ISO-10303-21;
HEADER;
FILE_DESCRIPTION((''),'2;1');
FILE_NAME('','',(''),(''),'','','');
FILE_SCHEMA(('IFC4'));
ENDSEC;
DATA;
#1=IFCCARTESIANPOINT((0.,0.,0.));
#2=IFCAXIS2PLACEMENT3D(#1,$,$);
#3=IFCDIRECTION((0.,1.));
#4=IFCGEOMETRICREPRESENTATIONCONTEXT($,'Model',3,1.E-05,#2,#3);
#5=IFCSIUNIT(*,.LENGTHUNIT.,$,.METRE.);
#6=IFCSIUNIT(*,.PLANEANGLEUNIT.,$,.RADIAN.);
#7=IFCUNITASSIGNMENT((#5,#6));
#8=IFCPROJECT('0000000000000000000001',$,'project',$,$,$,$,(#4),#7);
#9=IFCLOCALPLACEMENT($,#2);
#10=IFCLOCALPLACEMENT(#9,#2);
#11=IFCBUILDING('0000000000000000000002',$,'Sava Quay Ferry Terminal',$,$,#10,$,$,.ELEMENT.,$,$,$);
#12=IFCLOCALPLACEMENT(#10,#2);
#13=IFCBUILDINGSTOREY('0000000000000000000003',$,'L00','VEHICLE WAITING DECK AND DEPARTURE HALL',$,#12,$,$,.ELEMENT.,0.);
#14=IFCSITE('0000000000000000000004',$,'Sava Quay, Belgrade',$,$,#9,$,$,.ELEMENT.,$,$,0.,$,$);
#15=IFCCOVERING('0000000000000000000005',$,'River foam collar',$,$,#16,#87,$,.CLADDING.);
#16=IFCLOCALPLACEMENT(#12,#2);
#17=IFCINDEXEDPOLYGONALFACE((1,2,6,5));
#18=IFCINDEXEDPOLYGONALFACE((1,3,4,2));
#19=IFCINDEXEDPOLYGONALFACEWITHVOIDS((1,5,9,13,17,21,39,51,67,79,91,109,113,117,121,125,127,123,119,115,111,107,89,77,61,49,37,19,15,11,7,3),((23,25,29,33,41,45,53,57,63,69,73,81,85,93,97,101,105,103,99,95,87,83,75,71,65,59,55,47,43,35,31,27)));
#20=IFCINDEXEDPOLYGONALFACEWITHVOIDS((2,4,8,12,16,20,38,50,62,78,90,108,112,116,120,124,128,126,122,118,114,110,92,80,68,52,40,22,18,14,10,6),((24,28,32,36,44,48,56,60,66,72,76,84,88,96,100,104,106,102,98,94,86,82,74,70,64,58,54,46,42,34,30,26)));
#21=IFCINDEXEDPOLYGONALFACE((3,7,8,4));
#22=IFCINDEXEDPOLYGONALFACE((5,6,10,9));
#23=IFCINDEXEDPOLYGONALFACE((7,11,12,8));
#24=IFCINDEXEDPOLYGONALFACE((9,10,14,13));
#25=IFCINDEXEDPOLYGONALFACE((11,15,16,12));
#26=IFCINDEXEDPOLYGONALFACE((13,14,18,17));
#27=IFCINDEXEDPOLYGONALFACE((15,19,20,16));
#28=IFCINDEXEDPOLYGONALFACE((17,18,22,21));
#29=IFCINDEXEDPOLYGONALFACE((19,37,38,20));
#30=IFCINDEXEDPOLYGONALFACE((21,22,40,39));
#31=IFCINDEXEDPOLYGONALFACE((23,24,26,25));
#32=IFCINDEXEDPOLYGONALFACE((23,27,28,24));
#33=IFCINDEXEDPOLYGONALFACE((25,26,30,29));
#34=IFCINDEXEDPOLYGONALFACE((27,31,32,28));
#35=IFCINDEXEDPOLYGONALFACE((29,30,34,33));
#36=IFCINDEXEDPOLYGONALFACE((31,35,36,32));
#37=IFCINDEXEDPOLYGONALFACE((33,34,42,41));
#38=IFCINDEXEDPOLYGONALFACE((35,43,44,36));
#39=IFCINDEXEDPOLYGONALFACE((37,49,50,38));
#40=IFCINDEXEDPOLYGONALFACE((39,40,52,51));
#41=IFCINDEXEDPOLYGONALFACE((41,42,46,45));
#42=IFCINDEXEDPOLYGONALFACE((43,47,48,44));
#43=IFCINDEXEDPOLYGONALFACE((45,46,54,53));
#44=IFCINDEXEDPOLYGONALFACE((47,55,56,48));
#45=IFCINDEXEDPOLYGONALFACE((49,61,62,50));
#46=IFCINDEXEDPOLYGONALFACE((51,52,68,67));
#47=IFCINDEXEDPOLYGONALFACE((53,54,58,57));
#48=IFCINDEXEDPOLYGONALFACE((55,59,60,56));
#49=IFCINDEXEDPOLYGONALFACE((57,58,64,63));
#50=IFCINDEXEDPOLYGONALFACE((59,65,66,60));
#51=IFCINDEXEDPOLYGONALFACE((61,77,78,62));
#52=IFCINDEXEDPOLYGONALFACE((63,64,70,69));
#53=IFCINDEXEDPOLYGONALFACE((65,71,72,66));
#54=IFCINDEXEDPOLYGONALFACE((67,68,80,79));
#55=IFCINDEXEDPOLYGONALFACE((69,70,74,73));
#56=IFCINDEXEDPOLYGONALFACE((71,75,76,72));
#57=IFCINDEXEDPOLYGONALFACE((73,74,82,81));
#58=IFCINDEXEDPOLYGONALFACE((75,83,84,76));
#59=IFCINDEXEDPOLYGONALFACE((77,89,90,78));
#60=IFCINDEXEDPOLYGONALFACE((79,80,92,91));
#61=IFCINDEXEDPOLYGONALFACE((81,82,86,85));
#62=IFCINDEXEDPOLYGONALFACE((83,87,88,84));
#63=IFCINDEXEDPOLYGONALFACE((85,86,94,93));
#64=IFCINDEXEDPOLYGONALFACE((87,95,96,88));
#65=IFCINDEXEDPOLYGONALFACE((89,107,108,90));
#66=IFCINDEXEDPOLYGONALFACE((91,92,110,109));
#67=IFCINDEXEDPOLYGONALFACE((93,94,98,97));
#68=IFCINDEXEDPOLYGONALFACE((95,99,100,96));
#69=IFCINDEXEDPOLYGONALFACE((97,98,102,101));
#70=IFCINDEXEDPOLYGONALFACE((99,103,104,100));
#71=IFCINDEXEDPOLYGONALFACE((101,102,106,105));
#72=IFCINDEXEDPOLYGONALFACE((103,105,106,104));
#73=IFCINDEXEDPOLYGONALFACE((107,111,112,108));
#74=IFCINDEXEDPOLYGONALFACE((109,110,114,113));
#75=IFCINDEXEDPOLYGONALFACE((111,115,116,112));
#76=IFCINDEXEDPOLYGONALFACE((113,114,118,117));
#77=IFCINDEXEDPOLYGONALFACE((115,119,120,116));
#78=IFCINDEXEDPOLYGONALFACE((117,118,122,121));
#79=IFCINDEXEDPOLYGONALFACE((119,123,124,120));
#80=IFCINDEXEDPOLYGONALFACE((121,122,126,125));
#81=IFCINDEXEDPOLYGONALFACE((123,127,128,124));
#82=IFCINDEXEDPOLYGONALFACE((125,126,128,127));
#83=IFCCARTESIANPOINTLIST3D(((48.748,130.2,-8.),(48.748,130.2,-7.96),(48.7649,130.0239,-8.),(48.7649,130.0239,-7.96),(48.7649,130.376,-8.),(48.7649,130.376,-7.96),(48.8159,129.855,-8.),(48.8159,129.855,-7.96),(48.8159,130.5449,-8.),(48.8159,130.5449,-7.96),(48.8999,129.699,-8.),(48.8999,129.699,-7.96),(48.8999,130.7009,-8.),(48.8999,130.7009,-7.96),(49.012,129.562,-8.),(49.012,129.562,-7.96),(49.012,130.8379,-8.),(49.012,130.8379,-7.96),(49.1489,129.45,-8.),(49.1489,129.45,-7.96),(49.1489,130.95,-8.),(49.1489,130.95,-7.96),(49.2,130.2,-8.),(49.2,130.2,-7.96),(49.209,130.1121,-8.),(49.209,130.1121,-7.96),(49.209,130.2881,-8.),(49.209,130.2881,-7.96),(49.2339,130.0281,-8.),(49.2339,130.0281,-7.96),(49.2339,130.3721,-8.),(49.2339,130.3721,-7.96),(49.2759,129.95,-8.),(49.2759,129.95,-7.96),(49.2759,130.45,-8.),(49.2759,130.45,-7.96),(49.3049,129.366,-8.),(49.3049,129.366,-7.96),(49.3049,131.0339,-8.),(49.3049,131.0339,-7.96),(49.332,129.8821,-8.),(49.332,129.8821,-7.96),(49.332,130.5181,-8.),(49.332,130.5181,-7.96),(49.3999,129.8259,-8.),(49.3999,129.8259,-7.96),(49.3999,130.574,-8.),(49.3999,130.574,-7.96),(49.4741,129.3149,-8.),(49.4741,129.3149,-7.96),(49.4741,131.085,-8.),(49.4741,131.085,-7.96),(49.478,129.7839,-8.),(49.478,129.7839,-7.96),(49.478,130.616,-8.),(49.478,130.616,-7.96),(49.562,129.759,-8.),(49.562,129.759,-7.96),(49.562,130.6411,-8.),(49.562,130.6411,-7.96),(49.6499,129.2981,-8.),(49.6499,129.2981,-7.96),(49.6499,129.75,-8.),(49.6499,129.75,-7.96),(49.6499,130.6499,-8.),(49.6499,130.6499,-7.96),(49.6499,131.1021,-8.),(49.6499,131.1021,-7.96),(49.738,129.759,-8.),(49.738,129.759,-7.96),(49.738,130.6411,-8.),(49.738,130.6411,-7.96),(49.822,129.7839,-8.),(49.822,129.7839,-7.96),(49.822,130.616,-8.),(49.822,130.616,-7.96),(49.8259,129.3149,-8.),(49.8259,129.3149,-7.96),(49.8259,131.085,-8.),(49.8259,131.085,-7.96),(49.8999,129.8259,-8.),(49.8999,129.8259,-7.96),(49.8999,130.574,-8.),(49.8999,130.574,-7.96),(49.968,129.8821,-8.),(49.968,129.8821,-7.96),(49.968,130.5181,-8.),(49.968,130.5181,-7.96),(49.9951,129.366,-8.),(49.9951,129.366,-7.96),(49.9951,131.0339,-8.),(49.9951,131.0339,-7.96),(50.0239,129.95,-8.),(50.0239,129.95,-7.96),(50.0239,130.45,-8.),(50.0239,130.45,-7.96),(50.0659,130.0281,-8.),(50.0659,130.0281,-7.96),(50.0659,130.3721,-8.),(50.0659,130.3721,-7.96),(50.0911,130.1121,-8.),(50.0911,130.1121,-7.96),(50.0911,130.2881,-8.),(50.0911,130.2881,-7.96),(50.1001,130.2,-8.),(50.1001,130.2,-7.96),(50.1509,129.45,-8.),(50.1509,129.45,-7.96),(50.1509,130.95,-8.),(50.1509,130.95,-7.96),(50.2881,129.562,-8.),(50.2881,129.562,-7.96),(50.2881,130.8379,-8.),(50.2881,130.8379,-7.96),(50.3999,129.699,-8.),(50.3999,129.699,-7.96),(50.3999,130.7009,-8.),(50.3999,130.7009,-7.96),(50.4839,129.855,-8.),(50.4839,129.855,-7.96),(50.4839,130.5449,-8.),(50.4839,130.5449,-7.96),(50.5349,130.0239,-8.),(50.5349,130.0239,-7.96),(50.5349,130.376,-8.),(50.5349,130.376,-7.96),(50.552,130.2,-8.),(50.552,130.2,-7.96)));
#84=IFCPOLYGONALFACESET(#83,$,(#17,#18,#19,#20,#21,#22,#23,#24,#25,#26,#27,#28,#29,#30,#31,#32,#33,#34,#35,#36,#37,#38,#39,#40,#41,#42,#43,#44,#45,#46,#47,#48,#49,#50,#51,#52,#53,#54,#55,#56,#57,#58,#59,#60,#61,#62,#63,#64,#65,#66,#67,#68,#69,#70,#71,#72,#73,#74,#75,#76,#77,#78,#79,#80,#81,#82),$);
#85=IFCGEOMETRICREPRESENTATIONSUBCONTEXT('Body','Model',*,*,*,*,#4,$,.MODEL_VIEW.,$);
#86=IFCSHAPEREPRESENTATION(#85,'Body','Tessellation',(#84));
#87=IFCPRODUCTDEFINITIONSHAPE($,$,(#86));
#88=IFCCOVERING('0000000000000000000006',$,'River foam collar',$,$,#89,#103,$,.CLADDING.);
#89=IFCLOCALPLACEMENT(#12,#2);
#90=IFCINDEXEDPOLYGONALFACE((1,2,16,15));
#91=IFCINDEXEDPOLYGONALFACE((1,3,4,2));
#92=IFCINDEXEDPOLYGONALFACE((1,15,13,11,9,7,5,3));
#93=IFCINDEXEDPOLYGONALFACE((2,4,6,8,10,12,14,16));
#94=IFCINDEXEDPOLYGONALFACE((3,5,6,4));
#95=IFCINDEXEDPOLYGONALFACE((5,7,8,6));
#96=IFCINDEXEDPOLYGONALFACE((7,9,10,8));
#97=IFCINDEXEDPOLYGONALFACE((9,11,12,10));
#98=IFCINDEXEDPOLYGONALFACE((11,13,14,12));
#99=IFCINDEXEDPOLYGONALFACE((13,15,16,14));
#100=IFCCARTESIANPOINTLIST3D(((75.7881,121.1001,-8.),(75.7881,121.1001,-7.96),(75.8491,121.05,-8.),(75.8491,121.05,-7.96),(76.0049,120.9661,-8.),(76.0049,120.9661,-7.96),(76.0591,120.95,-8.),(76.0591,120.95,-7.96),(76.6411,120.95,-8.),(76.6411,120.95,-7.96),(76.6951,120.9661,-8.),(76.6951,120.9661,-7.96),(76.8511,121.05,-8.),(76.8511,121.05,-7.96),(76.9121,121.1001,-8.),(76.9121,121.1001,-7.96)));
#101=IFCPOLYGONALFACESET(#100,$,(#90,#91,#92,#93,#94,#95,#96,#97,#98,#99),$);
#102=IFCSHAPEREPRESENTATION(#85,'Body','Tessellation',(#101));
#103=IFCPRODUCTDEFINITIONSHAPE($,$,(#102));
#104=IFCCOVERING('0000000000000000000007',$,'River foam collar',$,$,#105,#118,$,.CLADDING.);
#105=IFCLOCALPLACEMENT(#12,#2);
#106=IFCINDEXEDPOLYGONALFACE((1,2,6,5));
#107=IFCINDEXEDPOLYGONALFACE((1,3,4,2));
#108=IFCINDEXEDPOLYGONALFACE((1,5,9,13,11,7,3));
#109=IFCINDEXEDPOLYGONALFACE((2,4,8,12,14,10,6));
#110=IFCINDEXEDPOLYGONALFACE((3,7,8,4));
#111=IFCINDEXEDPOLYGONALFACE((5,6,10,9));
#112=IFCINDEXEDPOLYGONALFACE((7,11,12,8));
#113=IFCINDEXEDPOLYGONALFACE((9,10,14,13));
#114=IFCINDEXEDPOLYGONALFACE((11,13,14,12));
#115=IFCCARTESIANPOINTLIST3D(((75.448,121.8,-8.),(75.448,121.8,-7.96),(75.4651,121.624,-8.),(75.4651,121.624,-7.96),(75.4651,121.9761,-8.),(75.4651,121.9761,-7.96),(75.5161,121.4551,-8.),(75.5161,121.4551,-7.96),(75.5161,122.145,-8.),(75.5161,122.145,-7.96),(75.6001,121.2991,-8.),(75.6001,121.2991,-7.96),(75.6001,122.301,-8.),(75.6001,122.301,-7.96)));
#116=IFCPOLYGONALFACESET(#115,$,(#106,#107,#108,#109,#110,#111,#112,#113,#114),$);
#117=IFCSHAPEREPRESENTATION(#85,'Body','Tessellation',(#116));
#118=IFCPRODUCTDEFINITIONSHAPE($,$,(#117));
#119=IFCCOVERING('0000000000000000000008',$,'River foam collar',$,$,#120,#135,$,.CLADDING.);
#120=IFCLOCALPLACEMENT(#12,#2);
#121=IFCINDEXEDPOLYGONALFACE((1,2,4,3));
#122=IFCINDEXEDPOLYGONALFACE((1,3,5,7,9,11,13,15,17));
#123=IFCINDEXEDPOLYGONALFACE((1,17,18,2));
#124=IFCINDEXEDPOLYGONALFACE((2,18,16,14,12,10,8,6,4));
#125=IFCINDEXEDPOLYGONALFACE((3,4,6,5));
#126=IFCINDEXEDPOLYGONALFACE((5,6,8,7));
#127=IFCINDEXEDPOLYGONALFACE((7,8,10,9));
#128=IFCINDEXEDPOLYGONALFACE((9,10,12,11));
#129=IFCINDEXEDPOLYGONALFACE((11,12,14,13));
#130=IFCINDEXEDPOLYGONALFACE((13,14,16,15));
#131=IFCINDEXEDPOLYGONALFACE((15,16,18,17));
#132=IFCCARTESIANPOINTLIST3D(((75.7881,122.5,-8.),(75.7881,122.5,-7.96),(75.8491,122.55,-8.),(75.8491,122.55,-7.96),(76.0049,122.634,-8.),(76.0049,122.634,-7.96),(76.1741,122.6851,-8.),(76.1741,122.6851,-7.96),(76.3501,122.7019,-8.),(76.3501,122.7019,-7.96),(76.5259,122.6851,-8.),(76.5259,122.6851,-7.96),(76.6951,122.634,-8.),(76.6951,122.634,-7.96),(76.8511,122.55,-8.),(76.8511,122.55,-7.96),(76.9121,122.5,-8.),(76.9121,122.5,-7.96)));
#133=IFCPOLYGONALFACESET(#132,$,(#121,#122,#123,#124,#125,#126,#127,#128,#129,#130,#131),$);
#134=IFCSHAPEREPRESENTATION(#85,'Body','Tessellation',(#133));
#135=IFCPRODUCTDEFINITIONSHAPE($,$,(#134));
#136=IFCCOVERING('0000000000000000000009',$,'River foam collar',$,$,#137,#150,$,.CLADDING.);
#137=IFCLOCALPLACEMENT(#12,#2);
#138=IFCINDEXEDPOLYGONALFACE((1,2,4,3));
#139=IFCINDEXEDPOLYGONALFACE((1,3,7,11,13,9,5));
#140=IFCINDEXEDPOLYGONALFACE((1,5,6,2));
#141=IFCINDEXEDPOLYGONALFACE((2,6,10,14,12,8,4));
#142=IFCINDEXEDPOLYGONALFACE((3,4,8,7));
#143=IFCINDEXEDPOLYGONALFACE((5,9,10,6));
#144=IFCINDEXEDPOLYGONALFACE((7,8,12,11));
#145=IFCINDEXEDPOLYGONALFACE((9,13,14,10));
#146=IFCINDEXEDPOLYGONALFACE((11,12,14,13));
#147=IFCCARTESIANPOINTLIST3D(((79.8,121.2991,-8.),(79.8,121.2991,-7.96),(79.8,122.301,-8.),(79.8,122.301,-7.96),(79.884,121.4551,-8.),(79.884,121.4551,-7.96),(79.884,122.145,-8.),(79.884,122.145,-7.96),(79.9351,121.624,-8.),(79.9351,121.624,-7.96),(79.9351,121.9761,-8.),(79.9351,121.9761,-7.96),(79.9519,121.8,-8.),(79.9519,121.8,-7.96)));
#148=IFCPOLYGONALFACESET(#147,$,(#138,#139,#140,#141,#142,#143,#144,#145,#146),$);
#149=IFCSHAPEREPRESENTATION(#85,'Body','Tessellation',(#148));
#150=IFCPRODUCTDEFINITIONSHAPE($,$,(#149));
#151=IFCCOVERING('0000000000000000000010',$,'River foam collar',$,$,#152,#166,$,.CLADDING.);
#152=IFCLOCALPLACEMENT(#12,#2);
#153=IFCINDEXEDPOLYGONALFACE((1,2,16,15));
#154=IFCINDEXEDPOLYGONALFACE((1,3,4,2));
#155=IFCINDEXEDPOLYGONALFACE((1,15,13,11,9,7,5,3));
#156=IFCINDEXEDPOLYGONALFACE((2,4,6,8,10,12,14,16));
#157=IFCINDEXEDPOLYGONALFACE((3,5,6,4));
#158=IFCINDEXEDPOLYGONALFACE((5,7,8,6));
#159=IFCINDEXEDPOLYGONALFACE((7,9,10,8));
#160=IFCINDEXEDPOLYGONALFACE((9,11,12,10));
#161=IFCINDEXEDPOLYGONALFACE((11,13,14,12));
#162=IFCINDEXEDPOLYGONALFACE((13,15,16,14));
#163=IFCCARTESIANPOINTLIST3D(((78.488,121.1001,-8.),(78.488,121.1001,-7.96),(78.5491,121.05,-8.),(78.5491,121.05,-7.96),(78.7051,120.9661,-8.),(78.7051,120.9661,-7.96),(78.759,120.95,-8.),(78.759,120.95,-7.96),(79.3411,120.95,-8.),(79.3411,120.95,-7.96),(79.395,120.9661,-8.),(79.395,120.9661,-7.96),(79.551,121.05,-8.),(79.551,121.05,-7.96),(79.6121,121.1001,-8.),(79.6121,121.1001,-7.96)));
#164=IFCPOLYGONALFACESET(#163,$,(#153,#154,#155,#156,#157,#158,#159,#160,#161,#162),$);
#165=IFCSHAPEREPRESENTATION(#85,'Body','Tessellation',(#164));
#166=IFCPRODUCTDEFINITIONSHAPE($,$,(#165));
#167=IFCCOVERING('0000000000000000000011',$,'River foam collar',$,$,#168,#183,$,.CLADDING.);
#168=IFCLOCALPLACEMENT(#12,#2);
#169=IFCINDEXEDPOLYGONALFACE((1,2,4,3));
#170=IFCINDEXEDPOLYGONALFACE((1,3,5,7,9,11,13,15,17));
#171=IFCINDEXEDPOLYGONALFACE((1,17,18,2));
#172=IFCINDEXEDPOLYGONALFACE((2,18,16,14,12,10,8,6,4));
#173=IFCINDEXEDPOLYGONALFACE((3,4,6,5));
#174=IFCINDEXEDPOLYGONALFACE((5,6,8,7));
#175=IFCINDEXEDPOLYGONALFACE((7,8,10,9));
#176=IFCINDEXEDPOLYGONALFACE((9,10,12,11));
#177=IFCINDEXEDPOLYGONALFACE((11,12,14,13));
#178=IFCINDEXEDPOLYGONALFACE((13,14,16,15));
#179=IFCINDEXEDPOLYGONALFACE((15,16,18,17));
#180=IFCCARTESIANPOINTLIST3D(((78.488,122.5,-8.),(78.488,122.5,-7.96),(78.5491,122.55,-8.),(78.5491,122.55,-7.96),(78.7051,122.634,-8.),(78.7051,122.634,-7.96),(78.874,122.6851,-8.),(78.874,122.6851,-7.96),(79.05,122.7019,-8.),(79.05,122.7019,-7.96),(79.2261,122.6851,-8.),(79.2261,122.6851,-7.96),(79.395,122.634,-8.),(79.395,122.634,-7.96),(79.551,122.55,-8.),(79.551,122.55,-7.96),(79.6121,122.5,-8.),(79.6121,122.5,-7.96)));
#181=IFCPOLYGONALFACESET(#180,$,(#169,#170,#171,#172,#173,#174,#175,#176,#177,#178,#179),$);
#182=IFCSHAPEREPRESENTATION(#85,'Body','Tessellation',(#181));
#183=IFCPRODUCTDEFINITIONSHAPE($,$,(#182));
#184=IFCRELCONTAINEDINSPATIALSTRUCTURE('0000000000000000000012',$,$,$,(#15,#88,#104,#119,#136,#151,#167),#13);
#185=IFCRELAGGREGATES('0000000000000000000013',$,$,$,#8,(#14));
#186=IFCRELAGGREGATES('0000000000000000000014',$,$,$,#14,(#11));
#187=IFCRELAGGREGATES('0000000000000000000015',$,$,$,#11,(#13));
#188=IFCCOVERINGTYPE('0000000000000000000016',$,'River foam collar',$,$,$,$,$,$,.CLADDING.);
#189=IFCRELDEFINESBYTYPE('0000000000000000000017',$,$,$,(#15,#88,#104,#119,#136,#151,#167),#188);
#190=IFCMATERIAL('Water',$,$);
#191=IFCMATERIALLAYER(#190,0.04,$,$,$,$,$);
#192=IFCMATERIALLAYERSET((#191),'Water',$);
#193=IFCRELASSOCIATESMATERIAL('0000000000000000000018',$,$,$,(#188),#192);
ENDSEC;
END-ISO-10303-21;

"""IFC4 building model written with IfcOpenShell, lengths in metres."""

from ifc_helpers import new_model, si_unit, direction, frame, origin, place, context, subcontext, project, spatial, polyline, outline, extrude, material, layer, layer_set, type_object, element, save


model = new_model("IFC4")

# Units and contexts
model_context = context("Model", 3, precision=1e-05, world=origin(), true_north=direction((0.0, 1.0)))
body_context = subcontext(model_context, "Body", "Model", "MODEL_VIEW")
ifc_project = project(units=[si_unit("LENGTHUNIT", "METRE"), si_unit("PLANEANGLEUNIT", "RADIAN")], contexts=[model_context])

# Site, building, storey
site_placement = place(None, origin())
site = spatial("IfcSite", under=ifc_project, at=site_placement, Name="Sava Quay, Belgrade", CompositionType="ELEMENT", RefElevation=0.0)
building_placement = place(site_placement, origin())
building = spatial("IfcBuilding", under=site, at=building_placement, Name="Sava Quay Ferry Terminal", CompositionType="ELEMENT")
storey_placement = place(building_placement, origin())
storey = spatial("IfcBuildingStorey", under=building, at=storey_placement, Name="L00", Description="VEHICLE WAITING DECK AND DEPARTURE HALL", CompositionType="ELEMENT", Elevation=0.0)

# Coverings
ifc_material_1 = material(Name="Water")
ifc_layer_1 = layer(ifc_material_1, 0.04)
ifc_layer_set_1 = layer_set([ifc_layer_1], Name="Water")
covering_type_1 = type_object("IfcCoveringType", Name="River foam collar", PredefinedType="CLADDING", material=ifc_layer_set_1)
covering_1_placement = place(storey_placement, frame((0.0, 0.0, -8.0)))
element("IfcCovering", 1, at=covering_1_placement, inside=storey, type_object=covering_type_1, Name="River foam collar", PredefinedType="CLADDING", context=body_context, shape_type="SweptSolid", body=[
    extrude(outline(polyline([(48.8159, 129.855), (48.8999, 129.699), (49.012, 129.562), (49.1489, 129.45), (49.3049, 129.366), (49.4741, 129.3149), (49.6499, 129.2981), (49.8259, 129.3149), (49.9951, 129.366), (50.1509, 129.45), (50.2881, 129.562), (50.3999, 129.699), (50.4839, 129.855), (50.5349, 130.0239), (50.552, 130.2), (50.5349, 130.376), (50.4839, 130.5449), (50.3999, 130.7009), (50.2881, 130.8379), (50.1509, 130.95), (49.9951, 131.0339), (49.8259, 131.085), (49.6499, 131.1021), (49.4741, 131.085), (49.3049, 131.0339), (49.1489, 130.95), (49.012, 130.8379), (48.8999, 130.7009), (48.8159, 130.5449), (48.7649, 130.376), (48.748, 130.2), (48.7649, 130.0239), (48.8159, 129.855)]), holes=[polyline([(49.2339, 130.3721), (49.2759, 130.45), (49.332, 130.5181), (49.3999, 130.574), (49.478, 130.616), (49.562, 130.6411), (49.6499, 130.6499), (49.738, 130.6411), (49.822, 130.616), (49.8999, 130.574), (49.968, 130.5181), (50.0239, 130.45), (50.0659, 130.3721), (50.0911, 130.2881), (50.1001, 130.2), (50.0911, 130.1121), (50.0659, 130.0281), (50.0239, 129.95), (49.968, 129.8821), (49.8999, 129.8259), (49.822, 129.7839), (49.738, 129.759), (49.6499, 129.75), (49.562, 129.759), (49.478, 129.7839), (49.3999, 129.8259), (49.332, 129.8821), (49.2759, 129.95), (49.2339, 130.0281), (49.209, 130.1121), (49.2, 130.2), (49.209, 130.2881), (49.2339, 130.3721)])]), origin(), (0.0, 0.0, 1.0), 0.04),
])
covering_2_placement = place(storey_placement, frame((0.0, 0.0, -8.0)))
element("IfcCovering", 2, at=covering_2_placement, inside=storey, type_object=covering_type_1, Name="River foam collar", PredefinedType="CLADDING", context=body_context, shape_type="SweptSolid", body=[
    extrude(outline(polyline([(76.0591, 120.95), (76.6411, 120.95), (76.6951, 120.9661), (76.8511, 121.05), (76.9121, 121.1001), (75.7881, 121.1001), (75.8491, 121.05), (76.0049, 120.9661), (76.0591, 120.95)])), origin(), (0.0, 0.0, 1.0), 0.04),
])
covering_3_placement = place(storey_placement, frame((0.0, 0.0, -8.0)))
element("IfcCovering", 3, at=covering_3_placement, inside=storey, type_object=covering_type_1, Name="River foam collar", PredefinedType="CLADDING", context=body_context, shape_type="SweptSolid", body=[
    extrude(outline(polyline([(75.448, 121.8), (75.4651, 121.624), (75.5161, 121.4551), (75.6001, 121.2991), (75.6001, 122.301), (75.5161, 122.145), (75.4651, 121.9761), (75.448, 121.8)])), origin(), (0.0, 0.0, 1.0), 0.04),
])
covering_4_placement = place(storey_placement, frame((0.0, 0.0, -8.0)))
element("IfcCovering", 4, at=covering_4_placement, inside=storey, type_object=covering_type_1, Name="River foam collar", PredefinedType="CLADDING", context=body_context, shape_type="SweptSolid", body=[
    extrude(outline(polyline([(76.1741, 122.6851), (76.0049, 122.634), (75.8491, 122.55), (75.7881, 122.5), (76.9121, 122.5), (76.8511, 122.55), (76.6951, 122.634), (76.5259, 122.6851), (76.3501, 122.7019), (76.1741, 122.6851)])), origin(), (0.0, 0.0, 1.0), 0.04),
])
covering_5_placement = place(storey_placement, frame((0.0, 0.0, -8.0)))
element("IfcCovering", 5, at=covering_5_placement, inside=storey, type_object=covering_type_1, Name="River foam collar", PredefinedType="CLADDING", context=body_context, shape_type="SweptSolid", body=[
    extrude(outline(polyline([(79.884, 122.145), (79.8, 122.301), (79.8, 121.2991), (79.884, 121.4551), (79.9351, 121.624), (79.9519, 121.8), (79.9351, 121.9761), (79.884, 122.145)])), origin(), (0.0, 0.0, 1.0), 0.04),
])
covering_6_placement = place(storey_placement, frame((0.0, 0.0, -8.0)))
element("IfcCovering", 6, at=covering_6_placement, inside=storey, type_object=covering_type_1, Name="River foam collar", PredefinedType="CLADDING", context=body_context, shape_type="SweptSolid", body=[
    extrude(outline(polyline([(78.7051, 120.9661), (78.759, 120.95), (79.3411, 120.95), (79.395, 120.9661), (79.551, 121.05), (79.6121, 121.1001), (78.488, 121.1001), (78.5491, 121.05), (78.7051, 120.9661)])), origin(), (0.0, 0.0, 1.0), 0.04),
])
covering_7_placement = place(storey_placement, frame((0.0, 0.0, -8.0)))
element("IfcCovering", 7, at=covering_7_placement, inside=storey, type_object=covering_type_1, Name="River foam collar", PredefinedType="CLADDING", context=body_context, shape_type="SweptSolid", body=[
    extrude(outline(polyline([(79.05, 122.7019), (78.874, 122.6851), (78.7051, 122.634), (78.5491, 122.55), (78.488, 122.5), (79.6121, 122.5), (79.551, 122.55), (79.395, 122.634), (79.2261, 122.6851), (79.05, 122.7019)])), origin(), (0.0, 0.0, 1.0), 0.04),
])

save(model, "model.ifc")
